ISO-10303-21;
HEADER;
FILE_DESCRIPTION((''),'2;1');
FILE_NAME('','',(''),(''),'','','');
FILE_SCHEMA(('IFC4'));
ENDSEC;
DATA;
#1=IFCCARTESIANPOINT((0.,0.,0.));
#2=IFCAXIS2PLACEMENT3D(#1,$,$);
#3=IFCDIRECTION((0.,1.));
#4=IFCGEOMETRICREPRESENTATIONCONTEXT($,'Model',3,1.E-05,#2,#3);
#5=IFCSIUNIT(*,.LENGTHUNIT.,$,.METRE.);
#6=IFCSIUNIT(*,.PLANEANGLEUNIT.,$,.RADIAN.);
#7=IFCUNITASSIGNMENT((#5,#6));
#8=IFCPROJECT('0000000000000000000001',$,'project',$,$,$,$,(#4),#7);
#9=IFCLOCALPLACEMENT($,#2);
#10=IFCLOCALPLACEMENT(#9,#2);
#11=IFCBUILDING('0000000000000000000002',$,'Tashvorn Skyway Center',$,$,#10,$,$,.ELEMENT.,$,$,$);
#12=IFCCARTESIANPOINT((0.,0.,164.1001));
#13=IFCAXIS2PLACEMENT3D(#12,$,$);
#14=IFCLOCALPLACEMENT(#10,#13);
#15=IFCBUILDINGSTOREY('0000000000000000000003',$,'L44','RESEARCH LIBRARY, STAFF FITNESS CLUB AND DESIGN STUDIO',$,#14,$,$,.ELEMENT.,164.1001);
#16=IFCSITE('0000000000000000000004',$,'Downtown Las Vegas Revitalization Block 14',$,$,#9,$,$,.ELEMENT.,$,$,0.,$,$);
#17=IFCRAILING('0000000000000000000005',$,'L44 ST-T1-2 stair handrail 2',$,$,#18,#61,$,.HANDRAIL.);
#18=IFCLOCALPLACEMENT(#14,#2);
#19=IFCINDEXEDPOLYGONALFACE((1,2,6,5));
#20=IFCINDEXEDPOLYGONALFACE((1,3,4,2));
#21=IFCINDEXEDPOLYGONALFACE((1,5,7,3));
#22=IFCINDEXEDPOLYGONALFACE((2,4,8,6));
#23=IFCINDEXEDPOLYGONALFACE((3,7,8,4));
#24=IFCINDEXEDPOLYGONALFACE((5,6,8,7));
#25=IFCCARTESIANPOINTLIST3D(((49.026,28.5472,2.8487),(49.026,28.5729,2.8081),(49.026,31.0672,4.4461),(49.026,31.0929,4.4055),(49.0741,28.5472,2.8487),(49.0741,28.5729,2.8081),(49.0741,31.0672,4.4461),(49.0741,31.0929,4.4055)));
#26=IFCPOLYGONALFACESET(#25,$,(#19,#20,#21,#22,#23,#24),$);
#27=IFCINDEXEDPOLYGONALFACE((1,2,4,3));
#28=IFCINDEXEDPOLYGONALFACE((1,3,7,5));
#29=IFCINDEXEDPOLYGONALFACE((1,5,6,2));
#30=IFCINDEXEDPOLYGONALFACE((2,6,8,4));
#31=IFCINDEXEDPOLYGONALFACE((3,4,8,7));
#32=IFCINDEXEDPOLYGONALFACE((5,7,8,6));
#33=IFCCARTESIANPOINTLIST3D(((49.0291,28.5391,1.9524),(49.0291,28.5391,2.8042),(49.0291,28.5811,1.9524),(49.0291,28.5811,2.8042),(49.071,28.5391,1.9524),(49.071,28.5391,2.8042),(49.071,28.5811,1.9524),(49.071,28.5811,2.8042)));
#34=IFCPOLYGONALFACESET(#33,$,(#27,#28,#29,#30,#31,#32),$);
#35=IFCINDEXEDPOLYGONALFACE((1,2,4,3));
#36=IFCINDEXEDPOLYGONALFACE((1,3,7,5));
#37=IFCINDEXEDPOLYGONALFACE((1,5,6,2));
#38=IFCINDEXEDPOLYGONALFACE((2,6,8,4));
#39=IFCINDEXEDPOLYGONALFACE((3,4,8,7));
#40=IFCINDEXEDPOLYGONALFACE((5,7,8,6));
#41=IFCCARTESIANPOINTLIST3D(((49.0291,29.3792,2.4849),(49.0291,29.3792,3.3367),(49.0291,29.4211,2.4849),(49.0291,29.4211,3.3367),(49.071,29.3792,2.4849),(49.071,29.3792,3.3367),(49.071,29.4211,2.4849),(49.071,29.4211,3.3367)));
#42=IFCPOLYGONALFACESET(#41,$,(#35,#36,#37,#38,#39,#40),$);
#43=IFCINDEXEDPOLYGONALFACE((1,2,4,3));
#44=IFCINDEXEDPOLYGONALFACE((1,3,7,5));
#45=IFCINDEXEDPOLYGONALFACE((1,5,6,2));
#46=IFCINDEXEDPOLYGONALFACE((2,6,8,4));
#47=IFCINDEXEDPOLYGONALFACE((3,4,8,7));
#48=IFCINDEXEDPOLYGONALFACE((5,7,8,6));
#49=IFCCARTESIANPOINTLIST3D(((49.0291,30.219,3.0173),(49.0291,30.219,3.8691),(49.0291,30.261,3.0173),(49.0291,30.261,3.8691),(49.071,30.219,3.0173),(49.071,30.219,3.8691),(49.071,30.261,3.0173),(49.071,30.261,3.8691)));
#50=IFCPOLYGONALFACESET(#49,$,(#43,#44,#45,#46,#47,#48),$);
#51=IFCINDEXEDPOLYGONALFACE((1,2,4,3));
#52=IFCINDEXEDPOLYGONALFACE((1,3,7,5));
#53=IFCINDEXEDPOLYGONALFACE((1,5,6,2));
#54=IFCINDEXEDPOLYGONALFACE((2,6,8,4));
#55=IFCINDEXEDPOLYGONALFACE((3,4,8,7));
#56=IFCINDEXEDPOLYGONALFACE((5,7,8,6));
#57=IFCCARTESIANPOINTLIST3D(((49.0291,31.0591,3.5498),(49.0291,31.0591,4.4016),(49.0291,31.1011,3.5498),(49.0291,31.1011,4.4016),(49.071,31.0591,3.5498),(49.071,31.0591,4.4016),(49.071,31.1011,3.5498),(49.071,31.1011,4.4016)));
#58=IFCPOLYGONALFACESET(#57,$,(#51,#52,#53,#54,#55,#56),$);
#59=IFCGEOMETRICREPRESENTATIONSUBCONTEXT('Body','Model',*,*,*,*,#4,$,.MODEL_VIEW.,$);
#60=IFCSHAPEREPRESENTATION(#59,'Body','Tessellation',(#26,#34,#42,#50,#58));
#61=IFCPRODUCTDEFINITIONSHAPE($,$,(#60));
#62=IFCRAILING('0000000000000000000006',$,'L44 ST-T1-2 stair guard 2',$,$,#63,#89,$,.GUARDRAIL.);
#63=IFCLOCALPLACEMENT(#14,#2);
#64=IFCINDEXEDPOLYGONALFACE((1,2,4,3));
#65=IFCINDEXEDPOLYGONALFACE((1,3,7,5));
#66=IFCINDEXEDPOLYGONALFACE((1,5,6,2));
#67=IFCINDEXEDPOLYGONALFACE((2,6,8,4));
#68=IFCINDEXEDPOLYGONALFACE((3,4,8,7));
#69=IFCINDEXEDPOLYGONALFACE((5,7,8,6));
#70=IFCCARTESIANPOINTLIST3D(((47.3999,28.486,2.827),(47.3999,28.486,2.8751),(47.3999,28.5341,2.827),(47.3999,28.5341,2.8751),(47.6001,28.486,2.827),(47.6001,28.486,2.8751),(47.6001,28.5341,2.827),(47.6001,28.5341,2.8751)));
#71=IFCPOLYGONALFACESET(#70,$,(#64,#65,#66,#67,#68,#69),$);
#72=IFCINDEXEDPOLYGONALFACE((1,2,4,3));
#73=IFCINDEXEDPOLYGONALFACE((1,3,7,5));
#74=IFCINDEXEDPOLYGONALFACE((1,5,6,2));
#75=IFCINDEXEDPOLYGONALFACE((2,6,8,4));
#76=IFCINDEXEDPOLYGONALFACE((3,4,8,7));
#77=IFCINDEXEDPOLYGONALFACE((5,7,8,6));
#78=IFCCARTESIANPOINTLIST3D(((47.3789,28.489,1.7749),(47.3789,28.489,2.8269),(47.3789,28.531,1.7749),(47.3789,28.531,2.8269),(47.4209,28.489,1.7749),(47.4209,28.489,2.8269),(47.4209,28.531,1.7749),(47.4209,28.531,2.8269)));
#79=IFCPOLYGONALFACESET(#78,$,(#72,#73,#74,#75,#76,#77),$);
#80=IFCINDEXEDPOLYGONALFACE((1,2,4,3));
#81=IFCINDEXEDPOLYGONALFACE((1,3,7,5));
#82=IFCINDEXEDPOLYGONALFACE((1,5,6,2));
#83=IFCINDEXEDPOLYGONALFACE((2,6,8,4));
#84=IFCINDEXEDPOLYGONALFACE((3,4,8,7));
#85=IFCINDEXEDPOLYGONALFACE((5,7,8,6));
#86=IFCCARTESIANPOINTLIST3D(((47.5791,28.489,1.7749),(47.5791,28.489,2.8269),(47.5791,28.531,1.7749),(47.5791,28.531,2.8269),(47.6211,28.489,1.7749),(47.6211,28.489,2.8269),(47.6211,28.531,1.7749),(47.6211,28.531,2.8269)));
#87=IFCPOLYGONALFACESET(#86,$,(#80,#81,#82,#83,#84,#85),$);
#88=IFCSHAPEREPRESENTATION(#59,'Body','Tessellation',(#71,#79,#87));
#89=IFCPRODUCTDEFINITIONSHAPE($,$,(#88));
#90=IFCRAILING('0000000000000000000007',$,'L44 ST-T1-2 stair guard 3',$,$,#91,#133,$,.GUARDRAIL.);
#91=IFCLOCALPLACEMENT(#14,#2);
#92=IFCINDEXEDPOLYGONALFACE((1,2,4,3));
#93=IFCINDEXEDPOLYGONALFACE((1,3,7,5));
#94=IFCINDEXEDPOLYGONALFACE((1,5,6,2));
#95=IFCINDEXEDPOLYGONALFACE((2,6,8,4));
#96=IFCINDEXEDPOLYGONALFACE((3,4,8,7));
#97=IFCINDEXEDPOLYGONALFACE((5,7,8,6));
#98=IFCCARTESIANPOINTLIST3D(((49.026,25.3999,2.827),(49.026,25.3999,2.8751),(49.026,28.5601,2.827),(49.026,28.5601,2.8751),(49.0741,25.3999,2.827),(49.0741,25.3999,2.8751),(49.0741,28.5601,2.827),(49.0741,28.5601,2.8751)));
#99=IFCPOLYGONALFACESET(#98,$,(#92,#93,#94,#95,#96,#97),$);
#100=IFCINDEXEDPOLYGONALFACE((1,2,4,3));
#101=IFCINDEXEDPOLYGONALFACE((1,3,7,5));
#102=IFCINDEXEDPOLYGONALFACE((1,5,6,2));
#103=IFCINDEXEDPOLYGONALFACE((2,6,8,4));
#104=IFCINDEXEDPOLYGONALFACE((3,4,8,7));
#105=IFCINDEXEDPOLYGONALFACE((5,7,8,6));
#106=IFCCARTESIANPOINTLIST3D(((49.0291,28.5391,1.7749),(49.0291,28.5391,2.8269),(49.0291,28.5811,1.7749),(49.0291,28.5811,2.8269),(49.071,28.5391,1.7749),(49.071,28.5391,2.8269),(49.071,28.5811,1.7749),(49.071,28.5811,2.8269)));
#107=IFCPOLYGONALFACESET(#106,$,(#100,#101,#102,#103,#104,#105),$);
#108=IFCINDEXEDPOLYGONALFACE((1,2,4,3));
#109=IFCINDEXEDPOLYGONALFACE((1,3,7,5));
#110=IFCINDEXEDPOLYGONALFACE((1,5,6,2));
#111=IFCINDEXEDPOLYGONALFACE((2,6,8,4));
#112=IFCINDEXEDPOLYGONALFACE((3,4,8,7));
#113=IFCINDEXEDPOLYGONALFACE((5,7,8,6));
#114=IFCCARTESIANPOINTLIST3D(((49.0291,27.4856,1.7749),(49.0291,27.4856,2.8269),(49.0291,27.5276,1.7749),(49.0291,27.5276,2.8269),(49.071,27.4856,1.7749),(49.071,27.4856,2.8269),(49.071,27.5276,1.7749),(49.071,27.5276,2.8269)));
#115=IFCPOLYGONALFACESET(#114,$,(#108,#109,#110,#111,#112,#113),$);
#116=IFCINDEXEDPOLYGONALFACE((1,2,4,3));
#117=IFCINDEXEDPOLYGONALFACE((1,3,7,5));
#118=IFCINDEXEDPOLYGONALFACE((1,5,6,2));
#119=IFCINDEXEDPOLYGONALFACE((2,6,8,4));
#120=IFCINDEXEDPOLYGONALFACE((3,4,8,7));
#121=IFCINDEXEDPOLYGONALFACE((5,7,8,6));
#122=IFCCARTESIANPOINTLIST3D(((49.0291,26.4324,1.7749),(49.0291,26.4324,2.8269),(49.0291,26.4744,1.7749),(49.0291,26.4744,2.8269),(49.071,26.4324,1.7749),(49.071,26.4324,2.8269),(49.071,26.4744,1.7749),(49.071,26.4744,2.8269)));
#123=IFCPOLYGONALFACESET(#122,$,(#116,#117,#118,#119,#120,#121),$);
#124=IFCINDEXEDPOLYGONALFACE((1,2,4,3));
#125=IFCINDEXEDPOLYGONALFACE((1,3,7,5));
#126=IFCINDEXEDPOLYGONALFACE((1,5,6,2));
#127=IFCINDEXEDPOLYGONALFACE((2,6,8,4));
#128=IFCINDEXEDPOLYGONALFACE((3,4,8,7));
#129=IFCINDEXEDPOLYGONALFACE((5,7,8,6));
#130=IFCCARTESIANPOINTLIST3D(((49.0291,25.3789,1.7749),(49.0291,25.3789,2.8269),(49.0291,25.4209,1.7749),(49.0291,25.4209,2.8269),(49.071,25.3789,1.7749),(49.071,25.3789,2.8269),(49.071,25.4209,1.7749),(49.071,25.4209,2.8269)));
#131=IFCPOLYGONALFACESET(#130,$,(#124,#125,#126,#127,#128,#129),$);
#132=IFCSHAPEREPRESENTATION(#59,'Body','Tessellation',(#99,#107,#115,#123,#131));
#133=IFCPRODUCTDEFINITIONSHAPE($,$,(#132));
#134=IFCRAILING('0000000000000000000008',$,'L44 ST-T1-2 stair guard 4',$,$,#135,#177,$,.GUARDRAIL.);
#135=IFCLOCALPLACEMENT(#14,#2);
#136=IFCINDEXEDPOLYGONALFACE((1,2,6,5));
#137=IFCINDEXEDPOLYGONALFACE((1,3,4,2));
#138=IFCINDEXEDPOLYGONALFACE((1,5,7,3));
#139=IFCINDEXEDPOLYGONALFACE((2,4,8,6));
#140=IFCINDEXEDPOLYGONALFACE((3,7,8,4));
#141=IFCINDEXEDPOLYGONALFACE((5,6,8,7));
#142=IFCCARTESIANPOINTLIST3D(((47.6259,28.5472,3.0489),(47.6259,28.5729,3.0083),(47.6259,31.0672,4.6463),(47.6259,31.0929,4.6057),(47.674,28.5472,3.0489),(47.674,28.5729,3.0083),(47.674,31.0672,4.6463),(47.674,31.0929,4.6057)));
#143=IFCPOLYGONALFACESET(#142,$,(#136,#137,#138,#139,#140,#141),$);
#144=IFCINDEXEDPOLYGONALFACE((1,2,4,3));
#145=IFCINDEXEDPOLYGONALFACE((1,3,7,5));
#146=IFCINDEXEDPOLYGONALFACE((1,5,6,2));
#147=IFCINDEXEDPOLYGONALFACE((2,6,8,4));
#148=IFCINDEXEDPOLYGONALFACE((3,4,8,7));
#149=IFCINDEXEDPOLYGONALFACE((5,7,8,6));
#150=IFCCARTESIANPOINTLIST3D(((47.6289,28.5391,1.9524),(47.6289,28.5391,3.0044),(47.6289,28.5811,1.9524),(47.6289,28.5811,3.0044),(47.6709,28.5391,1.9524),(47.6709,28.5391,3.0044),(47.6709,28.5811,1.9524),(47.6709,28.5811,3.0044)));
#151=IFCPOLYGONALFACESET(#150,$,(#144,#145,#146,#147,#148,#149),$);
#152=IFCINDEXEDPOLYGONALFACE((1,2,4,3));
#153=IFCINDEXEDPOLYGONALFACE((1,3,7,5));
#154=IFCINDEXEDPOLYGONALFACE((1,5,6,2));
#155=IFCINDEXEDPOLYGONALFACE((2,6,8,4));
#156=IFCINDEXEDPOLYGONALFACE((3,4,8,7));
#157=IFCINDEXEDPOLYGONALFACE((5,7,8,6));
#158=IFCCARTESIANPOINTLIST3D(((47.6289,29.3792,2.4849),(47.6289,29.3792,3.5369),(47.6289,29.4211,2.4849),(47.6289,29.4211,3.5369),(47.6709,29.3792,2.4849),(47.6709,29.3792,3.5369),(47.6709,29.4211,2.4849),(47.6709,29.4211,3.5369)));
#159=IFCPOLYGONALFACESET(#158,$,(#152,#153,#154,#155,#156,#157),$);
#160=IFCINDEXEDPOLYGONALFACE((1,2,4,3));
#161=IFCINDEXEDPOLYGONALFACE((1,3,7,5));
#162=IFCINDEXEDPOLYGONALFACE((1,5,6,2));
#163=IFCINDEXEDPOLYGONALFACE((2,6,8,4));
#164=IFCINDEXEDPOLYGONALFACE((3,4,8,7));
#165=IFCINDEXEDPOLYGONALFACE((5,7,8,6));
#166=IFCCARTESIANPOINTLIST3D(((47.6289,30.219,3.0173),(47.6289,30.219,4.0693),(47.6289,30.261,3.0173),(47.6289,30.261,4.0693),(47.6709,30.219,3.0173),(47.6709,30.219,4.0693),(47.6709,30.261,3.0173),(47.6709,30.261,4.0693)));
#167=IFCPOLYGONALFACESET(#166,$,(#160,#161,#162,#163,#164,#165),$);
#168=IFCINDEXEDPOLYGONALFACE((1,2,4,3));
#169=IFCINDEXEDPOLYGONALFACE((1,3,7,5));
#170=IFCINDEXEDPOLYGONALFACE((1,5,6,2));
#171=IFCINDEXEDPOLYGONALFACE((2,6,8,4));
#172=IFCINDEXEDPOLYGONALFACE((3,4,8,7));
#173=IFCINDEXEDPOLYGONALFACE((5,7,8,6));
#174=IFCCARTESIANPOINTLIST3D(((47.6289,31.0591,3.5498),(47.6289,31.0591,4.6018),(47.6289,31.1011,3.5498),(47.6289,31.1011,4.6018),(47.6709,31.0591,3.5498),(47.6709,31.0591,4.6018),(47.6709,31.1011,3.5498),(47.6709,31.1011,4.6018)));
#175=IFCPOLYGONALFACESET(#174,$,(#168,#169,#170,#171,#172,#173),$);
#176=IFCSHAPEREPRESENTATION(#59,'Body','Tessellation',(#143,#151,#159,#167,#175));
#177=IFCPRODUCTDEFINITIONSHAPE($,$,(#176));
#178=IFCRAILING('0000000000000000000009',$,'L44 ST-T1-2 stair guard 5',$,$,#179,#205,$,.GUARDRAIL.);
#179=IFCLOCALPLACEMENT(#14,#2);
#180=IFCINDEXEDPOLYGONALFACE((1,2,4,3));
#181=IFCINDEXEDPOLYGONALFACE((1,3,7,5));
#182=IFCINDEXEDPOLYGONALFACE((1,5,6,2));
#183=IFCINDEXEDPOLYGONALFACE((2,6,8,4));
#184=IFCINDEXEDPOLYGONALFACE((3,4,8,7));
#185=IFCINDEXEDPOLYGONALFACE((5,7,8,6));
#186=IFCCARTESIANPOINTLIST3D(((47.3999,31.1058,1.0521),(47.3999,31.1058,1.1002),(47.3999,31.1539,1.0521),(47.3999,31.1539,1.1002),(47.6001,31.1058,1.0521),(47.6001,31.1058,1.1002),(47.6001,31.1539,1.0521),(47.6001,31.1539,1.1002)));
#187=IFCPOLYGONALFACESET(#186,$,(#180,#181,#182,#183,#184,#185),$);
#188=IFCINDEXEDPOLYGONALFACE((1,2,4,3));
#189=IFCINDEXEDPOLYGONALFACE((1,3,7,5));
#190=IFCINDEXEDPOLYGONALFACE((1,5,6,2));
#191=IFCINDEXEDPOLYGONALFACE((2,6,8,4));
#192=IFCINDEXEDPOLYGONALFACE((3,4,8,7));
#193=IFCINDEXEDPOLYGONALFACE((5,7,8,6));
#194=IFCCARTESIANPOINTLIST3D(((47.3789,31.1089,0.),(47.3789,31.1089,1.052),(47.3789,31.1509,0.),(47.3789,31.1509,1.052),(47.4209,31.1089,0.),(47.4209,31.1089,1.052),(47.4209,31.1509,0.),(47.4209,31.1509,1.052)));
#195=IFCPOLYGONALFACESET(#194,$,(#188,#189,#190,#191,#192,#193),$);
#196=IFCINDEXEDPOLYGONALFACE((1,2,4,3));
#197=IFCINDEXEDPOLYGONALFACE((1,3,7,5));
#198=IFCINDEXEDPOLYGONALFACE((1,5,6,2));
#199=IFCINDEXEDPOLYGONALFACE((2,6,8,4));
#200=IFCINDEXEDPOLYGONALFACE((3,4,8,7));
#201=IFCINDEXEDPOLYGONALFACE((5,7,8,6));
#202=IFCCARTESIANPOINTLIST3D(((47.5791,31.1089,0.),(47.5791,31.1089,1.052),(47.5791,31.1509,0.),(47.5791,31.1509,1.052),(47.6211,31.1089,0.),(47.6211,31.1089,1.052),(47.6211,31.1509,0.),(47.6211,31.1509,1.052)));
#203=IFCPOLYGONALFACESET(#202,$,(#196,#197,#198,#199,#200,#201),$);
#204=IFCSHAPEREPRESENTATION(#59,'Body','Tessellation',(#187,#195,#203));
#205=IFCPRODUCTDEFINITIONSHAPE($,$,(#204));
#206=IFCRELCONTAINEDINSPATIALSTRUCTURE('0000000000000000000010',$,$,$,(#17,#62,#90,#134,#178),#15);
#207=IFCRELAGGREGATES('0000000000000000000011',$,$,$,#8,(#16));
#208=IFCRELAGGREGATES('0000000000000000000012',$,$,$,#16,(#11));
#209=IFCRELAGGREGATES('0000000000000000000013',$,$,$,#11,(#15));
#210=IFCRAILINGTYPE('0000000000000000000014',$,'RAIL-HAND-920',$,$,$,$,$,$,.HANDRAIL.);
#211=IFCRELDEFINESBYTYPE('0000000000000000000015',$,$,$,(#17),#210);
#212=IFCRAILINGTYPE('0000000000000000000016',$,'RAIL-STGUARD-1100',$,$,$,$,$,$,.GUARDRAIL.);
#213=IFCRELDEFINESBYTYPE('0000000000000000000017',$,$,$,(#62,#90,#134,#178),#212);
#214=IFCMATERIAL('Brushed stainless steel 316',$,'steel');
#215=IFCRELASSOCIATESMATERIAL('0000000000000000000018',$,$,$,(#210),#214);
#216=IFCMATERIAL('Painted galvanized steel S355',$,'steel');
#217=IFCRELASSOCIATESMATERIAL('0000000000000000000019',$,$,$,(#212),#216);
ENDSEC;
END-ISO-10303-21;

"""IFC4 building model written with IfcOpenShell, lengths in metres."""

from ifc_helpers import new_model, si_unit, direction, frame, origin, origin_2d, place, context, subcontext, project, spatial, rectangle, extrude, material, type_object, element, save


model = new_model("IFC4")

# Units and contexts
model_context = context("Model", 3, precision=1e-05, world=origin(), true_north=direction((0.0, 1.0)))
body_context = subcontext(model_context, "Body", "Model", "MODEL_VIEW")
ifc_project = project(units=[si_unit("LENGTHUNIT", "METRE"), si_unit("PLANEANGLEUNIT", "RADIAN")], contexts=[model_context])

# Site, building, storey
site_placement = place(None, origin())
site = spatial("IfcSite", under=ifc_project, at=site_placement, Name="Downtown Las Vegas Revitalization Block 14", CompositionType="ELEMENT", RefElevation=0.0)
building_placement = place(site_placement, origin())
building = spatial("IfcBuilding", under=site, at=building_placement, Name="Tashvorn Skyway Center", CompositionType="ELEMENT")
storey_placement = place(building_placement, frame((0.0, 0.0, 164.1001)))
storey = spatial("IfcBuildingStorey", under=building, at=storey_placement, Name="L44", Description="RESEARCH LIBRARY, STAFF FITNESS CLUB AND DESIGN STUDIO", CompositionType="ELEMENT", Elevation=164.1001)

# Railings
ifc_material_1 = material(Name="Brushed stainless steel 316", Category="steel")
railing_type_1 = type_object("IfcRailingType", Name="RAIL-HAND-920", PredefinedType="HANDRAIL", material=ifc_material_1)
railing_1_placement = place(storey_placement, frame((49.05, 28.5601, 1.9524)))
element("IfcRailing", 1, at=railing_1_placement, inside=storey, type_object=railing_type_1, Name="L44 ST-T1-2 stair handrail 2", PredefinedType="HANDRAIL", context=body_context, shape_type="SweptSolid", body=[
    extrude(rectangle(XDim=0.0481, YDim=0.0481, at=origin_2d()), frame((0.0, 0.0, 0.876), z_axis=(0.0, 0.844607, 0.535387), x_axis=(-1.0, 0.0, 0.0)), (0.0, 0.0, 1.0), 2.9836),
    extrude(rectangle(XDim=0.042, YDim=0.042, at=origin_2d()), origin(), (0.0, 0.0, 1.0), 0.8518),
    extrude(rectangle(XDim=0.042, YDim=0.042, at=origin_2d()), frame((0.0, 0.8401, 0.5325)), (0.0, 0.0, 1.0), 0.8518),
    extrude(rectangle(XDim=0.042, YDim=0.042, at=origin_2d()), frame((0.0, 1.6799, 1.0649)), (0.0, 0.0, 1.0), 0.8518),
    extrude(rectangle(XDim=0.042, YDim=0.042, at=origin_2d()), frame((0.0, 2.52, 1.5974)), (0.0, 0.0, 1.0), 0.8518),
])
ifc_material_2 = material(Name="Painted galvanized steel S355", Category="steel")
railing_type_2 = type_object("IfcRailingType", Name="RAIL-STGUARD-1100", PredefinedType="GUARDRAIL", material=ifc_material_2)
railing_2_placement = place(storey_placement, frame((47.3999, 28.51, 1.7749)))
element("IfcRailing", 2, at=railing_2_placement, inside=storey, type_object=railing_type_2, Name="L44 ST-T1-2 stair guard 2", PredefinedType="GUARDRAIL", context=body_context, shape_type="SweptSolid", body=[
    extrude(rectangle(XDim=0.0481, YDim=0.0481, at=origin_2d()), frame((0.0, 0.0, 1.0762), z_axis=(1.0, 0.0, 0.0), x_axis=(0.0, 1.0, 0.0)), (0.0, 0.0, 1.0), 0.2002),
    extrude(rectangle(XDim=0.042, YDim=0.042, at=origin_2d()), origin(), (0.0, 0.0, 1.0), 1.052),
    extrude(rectangle(XDim=0.042, YDim=0.042, at=origin_2d()), frame((0.2002, 0.0, 0.0)), (0.0, 0.0, 1.0), 1.052),
])
railing_3_placement = place(storey_placement, frame((49.05, 28.5601, 1.7749)))
element("IfcRailing", 3, at=railing_3_placement, inside=storey, type_object=railing_type_2, Name="L44 ST-T1-2 stair guard 3", PredefinedType="GUARDRAIL", context=body_context, shape_type="SweptSolid", body=[
    extrude(rectangle(XDim=0.0481, YDim=0.0481, at=origin_2d()), frame((0.0, 0.0, 1.0762), z_axis=(0.0, -1.0, 0.0), x_axis=(1.0, 0.0, 0.0)), (0.0, 0.0, 1.0), 3.1602),
    extrude(rectangle(XDim=0.042, YDim=0.042, at=origin_2d()), origin(), (0.0, 0.0, 1.0), 1.052),
    extrude(rectangle(XDim=0.042, YDim=0.042, at=origin_2d()), frame((0.0, -1.0535, 0.0)), (0.0, 0.0, 1.0), 1.052),
    extrude(rectangle(XDim=0.042, YDim=0.042, at=origin_2d()), frame((0.0, -2.1067, 0.0)), (0.0, 0.0, 1.0), 1.052),
    extrude(rectangle(XDim=0.042, YDim=0.042, at=origin_2d()), frame((0.0, -3.1602, 0.0)), (0.0, 0.0, 1.0), 1.052),
])
railing_4_placement = place(storey_placement, frame((47.6499, 28.5601, 1.9524)))
element("IfcRailing", 4, at=railing_4_placement, inside=storey, type_object=railing_type_2, Name="L44 ST-T1-2 stair guard 4", PredefinedType="GUARDRAIL", context=body_context, shape_type="SweptSolid", body=[
    extrude(rectangle(XDim=0.0481, YDim=0.0481, at=origin_2d()), frame((0.0, 0.0, 1.0762), z_axis=(0.0, 0.844607, 0.535387), x_axis=(-1.0, 0.0, 0.0)), (0.0, 0.0, 1.0), 2.9836),
    extrude(rectangle(XDim=0.042, YDim=0.042, at=origin_2d()), origin(), (0.0, 0.0, 1.0), 1.052),
    extrude(rectangle(XDim=0.042, YDim=0.042, at=origin_2d()), frame((0.0, 0.8401, 0.5325)), (0.0, 0.0, 1.0), 1.052),
    extrude(rectangle(XDim=0.042, YDim=0.042, at=origin_2d()), frame((0.0, 1.6799, 1.0649)), (0.0, 0.0, 1.0), 1.052),
    extrude(rectangle(XDim=0.042, YDim=0.042, at=origin_2d()), frame((0.0, 2.52, 1.5974)), (0.0, 0.0, 1.0), 1.052),
])
railing_5_placement = place(storey_placement, frame((47.3999, 31.1299, 0.0)))
element("IfcRailing", 5, at=railing_5_placement, inside=storey, type_object=railing_type_2, Name="L44 ST-T1-2 stair guard 5", PredefinedType="GUARDRAIL", context=body_context, shape_type="SweptSolid", body=[
    extrude(rectangle(XDim=0.0481, YDim=0.0481, at=origin_2d()), frame((0.0, 0.0, 1.0762), z_axis=(1.0, 0.0, 0.0), x_axis=(0.0, 1.0, 0.0)), (0.0, 0.0, 1.0), 0.2002),
    extrude(rectangle(XDim=0.042, YDim=0.042, at=origin_2d()), origin(), (0.0, 0.0, 1.0), 1.052),
    extrude(rectangle(XDim=0.042, YDim=0.042, at=origin_2d()), frame((0.2002, 0.0, 0.0)), (0.0, 0.0, 1.0), 1.052),
])

save(model, "model.ifc")
